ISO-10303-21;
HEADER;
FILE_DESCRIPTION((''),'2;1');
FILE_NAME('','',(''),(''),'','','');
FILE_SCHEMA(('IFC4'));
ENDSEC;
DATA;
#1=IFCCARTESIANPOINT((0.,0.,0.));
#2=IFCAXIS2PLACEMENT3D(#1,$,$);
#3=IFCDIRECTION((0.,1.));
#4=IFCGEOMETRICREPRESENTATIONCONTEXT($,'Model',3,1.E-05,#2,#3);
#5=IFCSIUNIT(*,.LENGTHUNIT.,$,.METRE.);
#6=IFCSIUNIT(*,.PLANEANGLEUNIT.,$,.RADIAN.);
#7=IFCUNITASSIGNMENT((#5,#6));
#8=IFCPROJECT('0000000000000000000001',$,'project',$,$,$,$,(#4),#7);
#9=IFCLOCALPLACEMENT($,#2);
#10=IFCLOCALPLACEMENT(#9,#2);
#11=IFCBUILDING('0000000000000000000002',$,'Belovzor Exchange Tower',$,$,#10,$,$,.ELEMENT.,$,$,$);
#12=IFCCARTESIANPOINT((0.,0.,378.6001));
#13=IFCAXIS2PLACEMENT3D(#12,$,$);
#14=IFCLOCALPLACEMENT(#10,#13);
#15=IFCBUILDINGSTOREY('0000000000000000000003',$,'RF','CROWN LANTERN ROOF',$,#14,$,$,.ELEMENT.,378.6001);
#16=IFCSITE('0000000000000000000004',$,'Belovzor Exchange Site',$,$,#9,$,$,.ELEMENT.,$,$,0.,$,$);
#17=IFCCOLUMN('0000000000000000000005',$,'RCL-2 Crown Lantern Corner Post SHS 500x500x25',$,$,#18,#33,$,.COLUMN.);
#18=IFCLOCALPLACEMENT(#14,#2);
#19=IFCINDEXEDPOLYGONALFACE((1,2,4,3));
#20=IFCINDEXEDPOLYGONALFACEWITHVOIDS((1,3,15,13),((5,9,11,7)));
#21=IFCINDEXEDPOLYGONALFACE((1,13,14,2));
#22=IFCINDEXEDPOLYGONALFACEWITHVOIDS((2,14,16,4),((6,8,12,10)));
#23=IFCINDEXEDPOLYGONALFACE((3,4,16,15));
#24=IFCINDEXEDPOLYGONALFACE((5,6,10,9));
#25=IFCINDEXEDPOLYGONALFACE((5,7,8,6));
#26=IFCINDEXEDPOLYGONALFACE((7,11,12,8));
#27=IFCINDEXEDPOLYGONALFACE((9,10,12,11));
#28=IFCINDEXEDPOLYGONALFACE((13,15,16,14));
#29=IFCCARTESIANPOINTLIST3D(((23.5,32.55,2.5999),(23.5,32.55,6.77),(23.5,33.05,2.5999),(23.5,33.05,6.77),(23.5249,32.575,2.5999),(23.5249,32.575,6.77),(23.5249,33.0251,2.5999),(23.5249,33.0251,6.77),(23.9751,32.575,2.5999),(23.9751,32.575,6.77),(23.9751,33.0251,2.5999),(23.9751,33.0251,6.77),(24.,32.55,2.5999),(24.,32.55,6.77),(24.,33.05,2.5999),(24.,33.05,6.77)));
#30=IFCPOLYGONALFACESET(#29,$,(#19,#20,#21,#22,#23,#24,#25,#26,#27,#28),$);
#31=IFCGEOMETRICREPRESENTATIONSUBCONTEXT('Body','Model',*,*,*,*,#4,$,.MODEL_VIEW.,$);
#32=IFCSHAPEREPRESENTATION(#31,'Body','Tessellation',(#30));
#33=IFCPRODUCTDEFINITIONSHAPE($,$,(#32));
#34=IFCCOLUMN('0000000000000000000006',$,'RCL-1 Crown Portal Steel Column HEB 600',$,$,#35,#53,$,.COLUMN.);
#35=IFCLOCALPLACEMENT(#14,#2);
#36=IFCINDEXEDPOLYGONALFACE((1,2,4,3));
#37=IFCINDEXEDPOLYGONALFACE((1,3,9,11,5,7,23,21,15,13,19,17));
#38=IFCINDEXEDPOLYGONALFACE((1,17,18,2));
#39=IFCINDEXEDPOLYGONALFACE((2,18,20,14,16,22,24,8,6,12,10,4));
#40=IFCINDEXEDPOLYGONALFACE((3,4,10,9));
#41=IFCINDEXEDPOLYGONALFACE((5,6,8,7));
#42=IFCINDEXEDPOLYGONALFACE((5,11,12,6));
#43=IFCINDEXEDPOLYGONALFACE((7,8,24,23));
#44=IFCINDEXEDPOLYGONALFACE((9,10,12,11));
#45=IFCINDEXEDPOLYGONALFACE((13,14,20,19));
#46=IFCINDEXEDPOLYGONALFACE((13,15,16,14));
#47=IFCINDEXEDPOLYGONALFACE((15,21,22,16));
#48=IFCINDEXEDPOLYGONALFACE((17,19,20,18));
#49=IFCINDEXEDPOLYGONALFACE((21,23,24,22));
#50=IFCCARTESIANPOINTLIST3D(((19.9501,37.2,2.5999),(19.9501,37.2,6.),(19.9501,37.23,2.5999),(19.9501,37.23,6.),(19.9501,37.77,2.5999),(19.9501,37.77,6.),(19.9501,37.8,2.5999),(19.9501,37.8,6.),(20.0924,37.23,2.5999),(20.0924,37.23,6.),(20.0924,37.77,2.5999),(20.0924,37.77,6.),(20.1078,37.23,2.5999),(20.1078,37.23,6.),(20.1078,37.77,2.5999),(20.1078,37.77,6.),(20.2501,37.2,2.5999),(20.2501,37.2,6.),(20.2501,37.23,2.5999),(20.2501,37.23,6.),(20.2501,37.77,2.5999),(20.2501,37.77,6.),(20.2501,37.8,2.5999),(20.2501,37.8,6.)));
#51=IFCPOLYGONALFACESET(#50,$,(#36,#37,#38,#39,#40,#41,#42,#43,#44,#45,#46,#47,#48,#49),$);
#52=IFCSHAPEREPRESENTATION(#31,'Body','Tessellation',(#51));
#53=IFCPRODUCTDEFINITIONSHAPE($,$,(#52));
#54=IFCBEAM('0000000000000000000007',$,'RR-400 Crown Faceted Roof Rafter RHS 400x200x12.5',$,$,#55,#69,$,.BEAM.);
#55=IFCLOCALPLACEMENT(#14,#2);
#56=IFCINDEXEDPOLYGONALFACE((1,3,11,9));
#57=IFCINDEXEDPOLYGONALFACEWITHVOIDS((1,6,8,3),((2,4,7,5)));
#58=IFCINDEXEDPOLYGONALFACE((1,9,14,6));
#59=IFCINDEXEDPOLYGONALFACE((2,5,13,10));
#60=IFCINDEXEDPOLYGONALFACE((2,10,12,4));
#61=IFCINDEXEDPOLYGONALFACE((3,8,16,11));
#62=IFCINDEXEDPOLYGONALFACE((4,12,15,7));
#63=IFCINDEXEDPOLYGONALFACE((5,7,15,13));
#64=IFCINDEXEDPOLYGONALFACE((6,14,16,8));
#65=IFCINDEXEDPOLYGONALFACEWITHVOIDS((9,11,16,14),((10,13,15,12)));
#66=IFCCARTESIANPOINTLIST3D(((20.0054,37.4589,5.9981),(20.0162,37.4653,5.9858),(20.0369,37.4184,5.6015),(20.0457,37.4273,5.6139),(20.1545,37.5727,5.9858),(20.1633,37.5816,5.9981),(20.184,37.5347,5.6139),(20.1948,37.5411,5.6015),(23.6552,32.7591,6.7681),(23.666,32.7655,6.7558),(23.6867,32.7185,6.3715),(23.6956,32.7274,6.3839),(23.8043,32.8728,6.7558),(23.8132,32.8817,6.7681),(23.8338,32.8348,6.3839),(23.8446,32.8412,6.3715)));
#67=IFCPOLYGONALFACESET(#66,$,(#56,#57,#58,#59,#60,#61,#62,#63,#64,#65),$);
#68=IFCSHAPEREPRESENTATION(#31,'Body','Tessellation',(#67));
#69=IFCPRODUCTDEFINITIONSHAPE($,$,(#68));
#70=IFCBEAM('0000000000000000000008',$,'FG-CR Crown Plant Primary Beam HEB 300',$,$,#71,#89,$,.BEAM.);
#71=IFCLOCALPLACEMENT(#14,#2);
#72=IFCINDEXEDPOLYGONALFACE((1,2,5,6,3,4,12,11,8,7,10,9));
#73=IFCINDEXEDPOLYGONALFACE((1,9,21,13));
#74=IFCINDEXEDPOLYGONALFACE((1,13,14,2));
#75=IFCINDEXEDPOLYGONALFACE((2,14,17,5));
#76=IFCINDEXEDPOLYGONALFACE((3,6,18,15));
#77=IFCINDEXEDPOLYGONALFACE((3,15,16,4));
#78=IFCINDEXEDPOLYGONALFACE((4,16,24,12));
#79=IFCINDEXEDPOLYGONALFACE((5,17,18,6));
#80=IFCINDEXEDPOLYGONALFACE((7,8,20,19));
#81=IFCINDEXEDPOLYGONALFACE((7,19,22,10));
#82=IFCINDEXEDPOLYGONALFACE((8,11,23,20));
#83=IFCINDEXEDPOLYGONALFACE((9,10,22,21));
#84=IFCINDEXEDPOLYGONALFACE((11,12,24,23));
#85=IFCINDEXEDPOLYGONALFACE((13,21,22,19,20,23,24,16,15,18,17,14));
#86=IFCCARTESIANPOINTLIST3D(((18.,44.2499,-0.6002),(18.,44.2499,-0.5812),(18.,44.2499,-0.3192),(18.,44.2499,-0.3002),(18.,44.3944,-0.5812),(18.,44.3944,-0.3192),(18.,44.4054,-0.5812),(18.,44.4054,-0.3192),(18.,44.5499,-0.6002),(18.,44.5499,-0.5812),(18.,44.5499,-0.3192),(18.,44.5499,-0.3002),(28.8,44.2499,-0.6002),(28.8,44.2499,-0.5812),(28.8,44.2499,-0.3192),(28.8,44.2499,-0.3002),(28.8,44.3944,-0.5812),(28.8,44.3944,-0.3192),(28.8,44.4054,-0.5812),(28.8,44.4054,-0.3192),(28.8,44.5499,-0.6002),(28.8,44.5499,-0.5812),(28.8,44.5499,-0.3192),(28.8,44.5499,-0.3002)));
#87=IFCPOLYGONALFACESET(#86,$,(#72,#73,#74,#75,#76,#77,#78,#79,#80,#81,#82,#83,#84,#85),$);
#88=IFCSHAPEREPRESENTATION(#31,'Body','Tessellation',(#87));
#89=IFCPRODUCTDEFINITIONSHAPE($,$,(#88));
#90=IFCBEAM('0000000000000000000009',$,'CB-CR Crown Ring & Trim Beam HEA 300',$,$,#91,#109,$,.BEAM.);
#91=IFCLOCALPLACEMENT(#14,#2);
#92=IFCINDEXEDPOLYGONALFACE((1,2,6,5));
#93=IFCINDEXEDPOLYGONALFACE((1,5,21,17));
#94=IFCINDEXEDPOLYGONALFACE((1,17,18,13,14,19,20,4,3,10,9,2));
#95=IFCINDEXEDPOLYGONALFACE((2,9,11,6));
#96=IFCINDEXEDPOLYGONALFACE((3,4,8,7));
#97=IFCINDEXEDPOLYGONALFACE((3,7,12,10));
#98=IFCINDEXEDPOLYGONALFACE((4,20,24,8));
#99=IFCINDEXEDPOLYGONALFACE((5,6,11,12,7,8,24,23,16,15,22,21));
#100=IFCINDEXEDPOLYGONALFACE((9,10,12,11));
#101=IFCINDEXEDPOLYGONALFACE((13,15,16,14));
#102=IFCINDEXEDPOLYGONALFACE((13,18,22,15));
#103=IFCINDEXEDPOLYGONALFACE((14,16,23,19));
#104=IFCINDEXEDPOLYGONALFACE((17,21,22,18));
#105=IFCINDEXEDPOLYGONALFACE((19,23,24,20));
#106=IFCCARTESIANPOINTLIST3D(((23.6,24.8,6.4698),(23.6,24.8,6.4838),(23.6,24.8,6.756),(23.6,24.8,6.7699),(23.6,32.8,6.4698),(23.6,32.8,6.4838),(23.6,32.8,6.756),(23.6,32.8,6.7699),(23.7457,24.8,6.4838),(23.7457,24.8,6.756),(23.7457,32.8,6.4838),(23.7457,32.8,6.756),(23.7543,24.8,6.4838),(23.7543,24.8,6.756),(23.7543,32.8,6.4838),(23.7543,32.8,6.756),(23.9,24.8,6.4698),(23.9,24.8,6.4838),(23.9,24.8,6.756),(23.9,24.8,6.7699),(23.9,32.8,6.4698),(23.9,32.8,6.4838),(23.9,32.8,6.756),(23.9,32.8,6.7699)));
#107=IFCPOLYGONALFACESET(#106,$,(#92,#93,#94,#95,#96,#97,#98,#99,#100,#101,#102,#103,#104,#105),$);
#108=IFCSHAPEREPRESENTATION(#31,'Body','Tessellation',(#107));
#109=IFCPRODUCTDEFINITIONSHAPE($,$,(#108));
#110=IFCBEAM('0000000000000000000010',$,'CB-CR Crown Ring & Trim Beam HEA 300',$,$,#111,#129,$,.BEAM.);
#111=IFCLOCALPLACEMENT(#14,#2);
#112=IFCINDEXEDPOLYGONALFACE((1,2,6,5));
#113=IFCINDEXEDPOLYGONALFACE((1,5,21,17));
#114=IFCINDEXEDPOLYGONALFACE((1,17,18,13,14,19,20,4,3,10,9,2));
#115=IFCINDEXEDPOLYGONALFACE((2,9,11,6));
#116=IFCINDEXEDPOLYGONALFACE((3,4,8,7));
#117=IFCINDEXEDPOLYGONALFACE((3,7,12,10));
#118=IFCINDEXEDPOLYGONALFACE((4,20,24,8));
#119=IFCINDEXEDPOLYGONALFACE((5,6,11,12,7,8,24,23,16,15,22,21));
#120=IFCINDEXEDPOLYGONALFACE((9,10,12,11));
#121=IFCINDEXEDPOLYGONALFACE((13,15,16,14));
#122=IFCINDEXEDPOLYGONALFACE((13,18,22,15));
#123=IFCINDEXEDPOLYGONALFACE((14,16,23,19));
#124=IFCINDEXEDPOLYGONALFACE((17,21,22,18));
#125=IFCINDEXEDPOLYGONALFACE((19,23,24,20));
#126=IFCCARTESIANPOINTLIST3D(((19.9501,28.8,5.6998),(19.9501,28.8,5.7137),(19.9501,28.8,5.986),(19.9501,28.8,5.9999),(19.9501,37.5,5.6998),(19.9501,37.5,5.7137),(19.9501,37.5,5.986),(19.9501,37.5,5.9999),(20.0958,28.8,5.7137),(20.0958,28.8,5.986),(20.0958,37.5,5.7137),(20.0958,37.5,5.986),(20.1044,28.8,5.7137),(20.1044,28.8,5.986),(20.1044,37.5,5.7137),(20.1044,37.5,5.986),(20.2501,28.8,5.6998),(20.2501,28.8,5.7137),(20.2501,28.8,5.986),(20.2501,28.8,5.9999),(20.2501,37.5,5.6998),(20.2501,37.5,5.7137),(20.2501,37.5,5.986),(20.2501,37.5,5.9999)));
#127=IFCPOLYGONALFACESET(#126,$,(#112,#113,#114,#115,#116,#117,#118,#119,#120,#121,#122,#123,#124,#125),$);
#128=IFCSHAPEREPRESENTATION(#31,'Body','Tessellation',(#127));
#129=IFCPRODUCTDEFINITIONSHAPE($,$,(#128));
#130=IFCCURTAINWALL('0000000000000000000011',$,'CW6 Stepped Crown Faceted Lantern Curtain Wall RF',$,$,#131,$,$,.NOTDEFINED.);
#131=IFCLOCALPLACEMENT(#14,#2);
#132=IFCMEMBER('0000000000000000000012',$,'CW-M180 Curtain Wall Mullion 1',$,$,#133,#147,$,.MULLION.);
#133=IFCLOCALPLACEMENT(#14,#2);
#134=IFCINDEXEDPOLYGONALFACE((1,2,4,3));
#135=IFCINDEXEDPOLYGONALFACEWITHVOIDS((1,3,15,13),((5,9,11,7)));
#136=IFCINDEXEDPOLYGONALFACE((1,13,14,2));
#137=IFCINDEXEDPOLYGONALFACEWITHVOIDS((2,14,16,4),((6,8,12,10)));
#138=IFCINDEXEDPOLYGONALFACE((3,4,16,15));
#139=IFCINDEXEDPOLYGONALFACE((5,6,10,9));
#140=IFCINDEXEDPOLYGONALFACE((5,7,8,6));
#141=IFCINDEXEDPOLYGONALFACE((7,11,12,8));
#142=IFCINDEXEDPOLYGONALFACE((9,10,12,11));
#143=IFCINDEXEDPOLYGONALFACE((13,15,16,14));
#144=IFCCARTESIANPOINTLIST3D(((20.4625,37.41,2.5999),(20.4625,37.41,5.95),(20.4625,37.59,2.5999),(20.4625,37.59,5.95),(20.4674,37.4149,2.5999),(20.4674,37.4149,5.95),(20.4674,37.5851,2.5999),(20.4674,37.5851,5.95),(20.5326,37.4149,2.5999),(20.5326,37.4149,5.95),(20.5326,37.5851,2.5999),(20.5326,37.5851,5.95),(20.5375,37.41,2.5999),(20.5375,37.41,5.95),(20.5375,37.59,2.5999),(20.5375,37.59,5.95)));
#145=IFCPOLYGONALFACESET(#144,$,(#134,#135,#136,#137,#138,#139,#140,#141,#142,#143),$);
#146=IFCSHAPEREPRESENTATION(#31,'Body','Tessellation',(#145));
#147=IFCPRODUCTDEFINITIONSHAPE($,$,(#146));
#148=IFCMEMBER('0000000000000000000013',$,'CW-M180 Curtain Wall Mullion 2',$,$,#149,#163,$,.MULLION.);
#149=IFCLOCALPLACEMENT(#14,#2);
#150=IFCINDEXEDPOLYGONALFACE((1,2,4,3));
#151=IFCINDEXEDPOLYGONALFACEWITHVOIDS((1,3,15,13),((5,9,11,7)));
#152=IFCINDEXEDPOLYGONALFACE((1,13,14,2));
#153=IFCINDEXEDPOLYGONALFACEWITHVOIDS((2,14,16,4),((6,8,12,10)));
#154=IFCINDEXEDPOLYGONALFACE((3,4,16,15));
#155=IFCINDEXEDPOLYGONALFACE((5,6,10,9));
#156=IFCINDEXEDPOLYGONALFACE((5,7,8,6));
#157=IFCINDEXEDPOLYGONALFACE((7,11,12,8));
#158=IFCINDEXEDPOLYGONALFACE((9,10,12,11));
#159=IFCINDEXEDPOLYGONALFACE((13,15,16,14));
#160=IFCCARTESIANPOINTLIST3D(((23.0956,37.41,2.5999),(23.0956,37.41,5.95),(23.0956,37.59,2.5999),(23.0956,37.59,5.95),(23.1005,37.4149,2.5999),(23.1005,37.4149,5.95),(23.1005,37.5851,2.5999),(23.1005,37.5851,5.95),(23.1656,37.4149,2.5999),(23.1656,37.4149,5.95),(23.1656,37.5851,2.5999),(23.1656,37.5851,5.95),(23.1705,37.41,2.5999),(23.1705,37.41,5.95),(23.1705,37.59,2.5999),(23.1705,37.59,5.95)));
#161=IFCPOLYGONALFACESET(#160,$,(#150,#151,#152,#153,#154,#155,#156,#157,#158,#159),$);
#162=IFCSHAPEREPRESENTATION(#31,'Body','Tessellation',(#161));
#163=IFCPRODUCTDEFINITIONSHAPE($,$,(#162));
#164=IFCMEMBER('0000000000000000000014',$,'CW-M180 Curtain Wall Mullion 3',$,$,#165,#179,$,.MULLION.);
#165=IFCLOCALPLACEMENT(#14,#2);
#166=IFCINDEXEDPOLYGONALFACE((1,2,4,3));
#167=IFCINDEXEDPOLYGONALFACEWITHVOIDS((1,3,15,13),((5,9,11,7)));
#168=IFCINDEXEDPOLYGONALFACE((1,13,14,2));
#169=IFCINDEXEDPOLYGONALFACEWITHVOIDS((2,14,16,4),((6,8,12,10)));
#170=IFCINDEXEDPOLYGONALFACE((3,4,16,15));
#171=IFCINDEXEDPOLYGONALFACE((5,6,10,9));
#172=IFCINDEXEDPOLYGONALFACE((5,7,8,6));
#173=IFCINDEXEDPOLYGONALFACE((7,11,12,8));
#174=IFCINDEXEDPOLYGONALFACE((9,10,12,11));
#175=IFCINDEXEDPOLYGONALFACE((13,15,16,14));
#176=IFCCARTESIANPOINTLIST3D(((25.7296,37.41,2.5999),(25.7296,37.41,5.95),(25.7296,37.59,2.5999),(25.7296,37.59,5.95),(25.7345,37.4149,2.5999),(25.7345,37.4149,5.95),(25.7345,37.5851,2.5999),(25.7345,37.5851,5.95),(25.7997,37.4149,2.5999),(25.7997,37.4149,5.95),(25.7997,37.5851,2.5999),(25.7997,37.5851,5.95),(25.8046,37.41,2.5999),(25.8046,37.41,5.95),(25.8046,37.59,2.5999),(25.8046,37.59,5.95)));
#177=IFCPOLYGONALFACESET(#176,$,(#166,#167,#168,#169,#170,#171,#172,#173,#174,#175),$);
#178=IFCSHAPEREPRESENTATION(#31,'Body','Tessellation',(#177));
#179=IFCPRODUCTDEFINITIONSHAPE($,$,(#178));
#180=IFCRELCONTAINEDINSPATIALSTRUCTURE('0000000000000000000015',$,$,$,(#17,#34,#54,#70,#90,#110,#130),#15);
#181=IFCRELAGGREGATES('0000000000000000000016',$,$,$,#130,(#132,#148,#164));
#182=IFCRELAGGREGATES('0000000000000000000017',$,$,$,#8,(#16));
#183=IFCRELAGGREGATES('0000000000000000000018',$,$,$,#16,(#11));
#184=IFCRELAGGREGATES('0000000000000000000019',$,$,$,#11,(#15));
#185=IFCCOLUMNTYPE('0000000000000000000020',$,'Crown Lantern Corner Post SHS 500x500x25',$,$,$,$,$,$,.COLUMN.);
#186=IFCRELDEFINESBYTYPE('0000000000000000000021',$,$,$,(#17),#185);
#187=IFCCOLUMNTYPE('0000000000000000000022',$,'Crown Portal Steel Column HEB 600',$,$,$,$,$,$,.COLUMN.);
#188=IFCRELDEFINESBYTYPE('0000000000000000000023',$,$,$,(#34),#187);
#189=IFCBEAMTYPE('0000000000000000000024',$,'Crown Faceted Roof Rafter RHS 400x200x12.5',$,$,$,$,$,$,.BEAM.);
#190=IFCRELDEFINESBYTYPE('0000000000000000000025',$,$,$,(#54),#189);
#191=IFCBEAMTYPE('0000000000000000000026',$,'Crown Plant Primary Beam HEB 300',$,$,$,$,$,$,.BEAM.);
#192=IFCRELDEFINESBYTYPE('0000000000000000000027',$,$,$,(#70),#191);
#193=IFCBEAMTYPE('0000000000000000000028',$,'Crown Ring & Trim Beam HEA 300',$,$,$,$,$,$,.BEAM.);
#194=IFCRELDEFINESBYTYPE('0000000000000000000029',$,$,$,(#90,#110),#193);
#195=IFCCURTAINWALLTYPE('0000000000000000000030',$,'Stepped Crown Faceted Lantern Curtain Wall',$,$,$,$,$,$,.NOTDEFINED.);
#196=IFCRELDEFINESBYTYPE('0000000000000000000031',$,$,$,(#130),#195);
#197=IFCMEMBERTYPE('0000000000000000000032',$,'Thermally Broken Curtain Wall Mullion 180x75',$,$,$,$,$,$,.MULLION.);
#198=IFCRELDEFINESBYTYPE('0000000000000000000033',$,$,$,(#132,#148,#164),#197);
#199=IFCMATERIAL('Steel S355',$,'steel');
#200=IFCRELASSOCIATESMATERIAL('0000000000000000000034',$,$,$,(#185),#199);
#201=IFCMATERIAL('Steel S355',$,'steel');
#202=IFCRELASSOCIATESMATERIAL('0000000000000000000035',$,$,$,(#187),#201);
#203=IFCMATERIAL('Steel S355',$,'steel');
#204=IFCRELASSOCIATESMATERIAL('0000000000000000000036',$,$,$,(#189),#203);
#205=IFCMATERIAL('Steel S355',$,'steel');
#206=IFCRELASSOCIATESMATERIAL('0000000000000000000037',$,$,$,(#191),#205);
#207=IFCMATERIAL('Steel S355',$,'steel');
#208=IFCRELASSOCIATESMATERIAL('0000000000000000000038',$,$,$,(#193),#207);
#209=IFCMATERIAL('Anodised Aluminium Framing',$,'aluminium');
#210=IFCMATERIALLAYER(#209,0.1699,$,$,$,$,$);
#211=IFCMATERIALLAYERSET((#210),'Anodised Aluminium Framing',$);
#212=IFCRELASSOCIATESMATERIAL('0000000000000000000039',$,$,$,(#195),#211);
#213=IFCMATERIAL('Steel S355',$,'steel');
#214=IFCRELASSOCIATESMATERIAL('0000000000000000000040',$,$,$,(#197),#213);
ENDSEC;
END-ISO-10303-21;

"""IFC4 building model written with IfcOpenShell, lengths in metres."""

from ifc_helpers import new_model, si_unit, direction, frame, origin, origin_2d, place, context, subcontext, project, spatial, hollow_rectangle, i_section, extrude, material, layer, layer_set, material_profile, profile_set, type_object, element, aggregate, save


model = new_model("IFC4")

# Units and contexts
model_context = context("Model", 3, precision=1e-05, world=origin(), true_north=direction((0.0, 1.0)))
body_context = subcontext(model_context, "Body", "Model", "MODEL_VIEW")
ifc_project = project(units=[si_unit("LENGTHUNIT", "METRE"), si_unit("PLANEANGLEUNIT", "RADIAN")], contexts=[model_context])

# Site, building, storey
site_placement = place(None, origin())
site = spatial("IfcSite", under=ifc_project, at=site_placement, Name="Belovzor Exchange Site", CompositionType="ELEMENT", RefElevation=0.0)
building_placement = place(site_placement, origin())
building = spatial("IfcBuilding", under=site, at=building_placement, Name="Belovzor Exchange Tower", CompositionType="ELEMENT")
storey_placement = place(building_placement, frame((0.0, 0.0, 378.6001)))
storey = spatial("IfcBuildingStorey", under=building, at=storey_placement, Name="RF", Description="CROWN LANTERN ROOF", CompositionType="ELEMENT", Elevation=378.6001)

# Columns
ifc_material_1 = material(Name="Steel S355", Category="steel")
ifc_material_profile_1 = material_profile(ifc_material_1, hollow_rectangle(XDim=0.5, YDim=0.5, WallThickness=0.0249, at=origin_2d()))
ifc_profile_set_1 = profile_set([ifc_material_profile_1], Name="Steel S355")
column_type_1 = type_object("IfcColumnType", Name="Crown Lantern Corner Post SHS 500x500x25", PredefinedType="COLUMN", material=ifc_profile_set_1)
column_1_placement = place(storey_placement, frame((23.75, 32.8, 2.5999), z_axis=(0.0, 0.0, 1.0), x_axis=(1.0, 0.0, 0.0)))
element("IfcColumn", 1, at=column_1_placement, inside=storey, type_object=column_type_1, Name="RCL-2 Crown Lantern Corner Post SHS 500x500x25", PredefinedType="COLUMN", context=body_context, shape_type="SweptSolid", body=[
    extrude(hollow_rectangle(XDim=0.5, YDim=0.5, WallThickness=0.0249, at=origin_2d()), origin(), (0.0, 0.0, 1.0), 4.1702),
])
ifc_material_2 = material(Name="Steel S355", Category="steel")
ifc_material_profile_2 = material_profile(ifc_material_2, i_section(OverallWidth=0.3, OverallDepth=0.6001, WebThickness=0.0154, FlangeThickness=0.03, at=origin_2d()))
ifc_profile_set_2 = profile_set([ifc_material_profile_2], Name="Steel S355")
column_type_2 = type_object("IfcColumnType", Name="Crown Portal Steel Column HEB 600", PredefinedType="COLUMN", material=ifc_profile_set_2)
column_2_placement = place(storey_placement, frame((20.1001, 37.5, 2.5999), z_axis=(0.0, 0.0, 1.0), x_axis=(1.0, 0.0, 0.0)))
element("IfcColumn", 2, at=column_2_placement, inside=storey, type_object=column_type_2, Name="RCL-1 Crown Portal Steel Column HEB 600", PredefinedType="COLUMN", context=body_context, shape_type="SweptSolid", body=[
    extrude(i_section(OverallWidth=0.3, OverallDepth=0.6001, WebThickness=0.0154, FlangeThickness=0.03, at=origin_2d()), origin(), (0.0, 0.0, 1.0), 3.4001),
])

# Beams
ifc_material_3 = material(Name="Steel S355", Category="steel")
ifc_material_profile_3 = material_profile(ifc_material_3, hollow_rectangle(XDim=0.2, YDim=0.3999, WallThickness=0.0125, at=origin_2d()))
ifc_profile_set_3 = profile_set([ifc_material_profile_3], Name="Steel S355")
beam_type_1 = type_object("IfcBeamType", Name="Crown Faceted Roof Rafter RHS 400x200x12.5", PredefinedType="BEAM", material=ifc_profile_set_3)
beam_1_placement = place(storey_placement, frame((20.1001, 37.5, 5.7998), z_axis=(0.608281, -0.783279, 0.128329), x_axis=(0.789809, 0.613352, 0.0)))
element("IfcBeam", 3, at=beam_1_placement, inside=storey, type_object=beam_type_1, Name="RR-400 Crown Faceted Roof Rafter RHS 400x200x12.5", PredefinedType="BEAM", context=body_context, shape_type="SweptSolid", body=[
    extrude(hollow_rectangle(XDim=0.2, YDim=0.3999, WallThickness=0.0125, at=origin_2d()), origin(), (0.0, 0.0, 1.0), 6.0002),
])
ifc_material_4 = material(Name="Steel S355", Category="steel")
ifc_material_profile_4 = material_profile(ifc_material_4, i_section(OverallWidth=0.3, OverallDepth=0.3, WebThickness=0.011, FlangeThickness=0.019, at=origin_2d()))
ifc_profile_set_4 = profile_set([ifc_material_profile_4], Name="Steel S355")
beam_type_2 = type_object("IfcBeamType", Name="Crown Plant Primary Beam HEB 300", PredefinedType="BEAM", material=ifc_profile_set_4)
beam_2_placement = place(storey_placement, frame((28.8, 44.3999, -0.4502), z_axis=(-1.0, 0.0, 0.0), x_axis=(0.0, -1.0, 0.0)))
element("IfcBeam", 4, at=beam_2_placement, inside=storey, type_object=beam_type_2, Name="FG-CR Crown Plant Primary Beam HEB 300", PredefinedType="BEAM", context=body_context, shape_type="SweptSolid", body=[
    extrude(i_section(OverallWidth=0.3, OverallDepth=0.3, WebThickness=0.011, FlangeThickness=0.019, at=origin_2d()), origin(), (0.0, 0.0, 1.0), 10.8),
])
ifc_material_5 = material(Name="Steel S355", Category="steel")
ifc_material_profile_5 = material_profile(ifc_material_5, i_section(OverallWidth=0.3, OverallDepth=0.3, WebThickness=0.0085, FlangeThickness=0.0139, at=origin_2d()))
ifc_profile_set_5 = profile_set([ifc_material_profile_5], Name="Steel S355")
beam_type_3 = type_object("IfcBeamType", Name="Crown Ring & Trim Beam HEA 300", PredefinedType="BEAM", material=ifc_profile_set_5)
beam_3_placement = place(storey_placement, frame((23.75, 32.8, 6.6199), z_axis=(0.0, -1.0, 0.0), x_axis=(1.0, 0.0, 0.0)))
element("IfcBeam", 5, at=beam_3_placement, inside=storey, type_object=beam_type_3, Name="CB-CR Crown Ring & Trim Beam HEA 300", PredefinedType="BEAM", context=body_context, shape_type="SweptSolid", body=[
    extrude(i_section(OverallWidth=0.3, OverallDepth=0.3, WebThickness=0.0085, FlangeThickness=0.0139, at=origin_2d()), origin(), (0.0, 0.0, 1.0), 8.0),
])
beam_4_placement = place(storey_placement, frame((20.1001, 37.5, 5.8499), z_axis=(0.0, -1.0, 0.0), x_axis=(1.0, 0.0, 0.0)))
element("IfcBeam", 6, at=beam_4_placement, inside=storey, type_object=beam_type_3, Name="CB-CR Crown Ring & Trim Beam HEA 300", PredefinedType="BEAM", context=body_context, shape_type="SweptSolid", body=[
    extrude(i_section(OverallWidth=0.3, OverallDepth=0.3, WebThickness=0.0085, FlangeThickness=0.0139, at=origin_2d()), origin(), (0.0, 0.0, 1.0), 8.7),
])

# Curtain wall, members
ifc_material_6 = material(Name="Anodised Aluminium Framing", Category="aluminium")
ifc_layer_1 = layer(ifc_material_6, 0.1699)
ifc_layer_set_1 = layer_set([ifc_layer_1], Name="Anodised Aluminium Framing")
curtain_wall_type = type_object("IfcCurtainWallType", Name="Stepped Crown Faceted Lantern Curtain Wall", PredefinedType="NOTDEFINED", material=ifc_layer_set_1)
curtain_wall_1_placement = place(storey_placement, origin())
curtain_wall_1 = element("IfcCurtainWall", 7, at=curtain_wall_1_placement, inside=storey, type_object=curtain_wall_type, Name="CW6 Stepped Crown Faceted Lantern Curtain Wall RF", PredefinedType="NOTDEFINED")
ifc_material_7 = material(Name="Steel S355", Category="steel")
ifc_material_profile_6 = material_profile(ifc_material_7, hollow_rectangle(XDim=0.075, YDim=0.1799, WallThickness=0.0049, at=origin_2d()))
ifc_profile_set_6 = profile_set([ifc_material_profile_6], Name="Steel S355")
member_type_1 = type_object("IfcMemberType", Name="Thermally Broken Curtain Wall Mullion 180x75", PredefinedType="MULLION", material=ifc_profile_set_6)
member_1_placement = place(storey_placement, frame((20.5, 37.5, 2.5999), z_axis=(0.0, 0.0, 1.0), x_axis=(1.0, 0.0, 0.0)))
member_1 = element("IfcMember", 8, at=member_1_placement, type_object=member_type_1, Name="CW-M180 Curtain Wall Mullion 1", PredefinedType="MULLION", context=body_context, shape_type="SweptSolid", body=[
    extrude(hollow_rectangle(XDim=0.075, YDim=0.1799, WallThickness=0.0049, at=origin_2d()), origin(), (0.0, 0.0, 1.0), 3.3501),
])
member_2_placement = place(storey_placement, frame((23.1331, 37.5, 2.5999), z_axis=(0.0, 0.0, 1.0), x_axis=(1.0, 0.0, 0.0)))
member_2 = element("IfcMember", 9, at=member_2_placement, type_object=member_type_1, Name="CW-M180 Curtain Wall Mullion 2", PredefinedType="MULLION", context=body_context, shape_type="SweptSolid", body=[
    extrude(hollow_rectangle(XDim=0.075, YDim=0.1799, WallThickness=0.0049, at=origin_2d()), origin(), (0.0, 0.0, 1.0), 3.3501),
])
member_3_placement = place(storey_placement, frame((25.7671, 37.5, 2.5999), z_axis=(0.0, 0.0, 1.0), x_axis=(1.0, 0.0, 0.0)))
member_3 = element("IfcMember", 10, at=member_3_placement, type_object=member_type_1, Name="CW-M180 Curtain Wall Mullion 3", PredefinedType="MULLION", context=body_context, shape_type="SweptSolid", body=[
    extrude(hollow_rectangle(XDim=0.075, YDim=0.1799, WallThickness=0.0049, at=origin_2d()), origin(), (0.0, 0.0, 1.0), 3.3501),
])

aggregate(curtain_wall_1, [member_1, member_2, member_3])

save(model, "model.ifc")
